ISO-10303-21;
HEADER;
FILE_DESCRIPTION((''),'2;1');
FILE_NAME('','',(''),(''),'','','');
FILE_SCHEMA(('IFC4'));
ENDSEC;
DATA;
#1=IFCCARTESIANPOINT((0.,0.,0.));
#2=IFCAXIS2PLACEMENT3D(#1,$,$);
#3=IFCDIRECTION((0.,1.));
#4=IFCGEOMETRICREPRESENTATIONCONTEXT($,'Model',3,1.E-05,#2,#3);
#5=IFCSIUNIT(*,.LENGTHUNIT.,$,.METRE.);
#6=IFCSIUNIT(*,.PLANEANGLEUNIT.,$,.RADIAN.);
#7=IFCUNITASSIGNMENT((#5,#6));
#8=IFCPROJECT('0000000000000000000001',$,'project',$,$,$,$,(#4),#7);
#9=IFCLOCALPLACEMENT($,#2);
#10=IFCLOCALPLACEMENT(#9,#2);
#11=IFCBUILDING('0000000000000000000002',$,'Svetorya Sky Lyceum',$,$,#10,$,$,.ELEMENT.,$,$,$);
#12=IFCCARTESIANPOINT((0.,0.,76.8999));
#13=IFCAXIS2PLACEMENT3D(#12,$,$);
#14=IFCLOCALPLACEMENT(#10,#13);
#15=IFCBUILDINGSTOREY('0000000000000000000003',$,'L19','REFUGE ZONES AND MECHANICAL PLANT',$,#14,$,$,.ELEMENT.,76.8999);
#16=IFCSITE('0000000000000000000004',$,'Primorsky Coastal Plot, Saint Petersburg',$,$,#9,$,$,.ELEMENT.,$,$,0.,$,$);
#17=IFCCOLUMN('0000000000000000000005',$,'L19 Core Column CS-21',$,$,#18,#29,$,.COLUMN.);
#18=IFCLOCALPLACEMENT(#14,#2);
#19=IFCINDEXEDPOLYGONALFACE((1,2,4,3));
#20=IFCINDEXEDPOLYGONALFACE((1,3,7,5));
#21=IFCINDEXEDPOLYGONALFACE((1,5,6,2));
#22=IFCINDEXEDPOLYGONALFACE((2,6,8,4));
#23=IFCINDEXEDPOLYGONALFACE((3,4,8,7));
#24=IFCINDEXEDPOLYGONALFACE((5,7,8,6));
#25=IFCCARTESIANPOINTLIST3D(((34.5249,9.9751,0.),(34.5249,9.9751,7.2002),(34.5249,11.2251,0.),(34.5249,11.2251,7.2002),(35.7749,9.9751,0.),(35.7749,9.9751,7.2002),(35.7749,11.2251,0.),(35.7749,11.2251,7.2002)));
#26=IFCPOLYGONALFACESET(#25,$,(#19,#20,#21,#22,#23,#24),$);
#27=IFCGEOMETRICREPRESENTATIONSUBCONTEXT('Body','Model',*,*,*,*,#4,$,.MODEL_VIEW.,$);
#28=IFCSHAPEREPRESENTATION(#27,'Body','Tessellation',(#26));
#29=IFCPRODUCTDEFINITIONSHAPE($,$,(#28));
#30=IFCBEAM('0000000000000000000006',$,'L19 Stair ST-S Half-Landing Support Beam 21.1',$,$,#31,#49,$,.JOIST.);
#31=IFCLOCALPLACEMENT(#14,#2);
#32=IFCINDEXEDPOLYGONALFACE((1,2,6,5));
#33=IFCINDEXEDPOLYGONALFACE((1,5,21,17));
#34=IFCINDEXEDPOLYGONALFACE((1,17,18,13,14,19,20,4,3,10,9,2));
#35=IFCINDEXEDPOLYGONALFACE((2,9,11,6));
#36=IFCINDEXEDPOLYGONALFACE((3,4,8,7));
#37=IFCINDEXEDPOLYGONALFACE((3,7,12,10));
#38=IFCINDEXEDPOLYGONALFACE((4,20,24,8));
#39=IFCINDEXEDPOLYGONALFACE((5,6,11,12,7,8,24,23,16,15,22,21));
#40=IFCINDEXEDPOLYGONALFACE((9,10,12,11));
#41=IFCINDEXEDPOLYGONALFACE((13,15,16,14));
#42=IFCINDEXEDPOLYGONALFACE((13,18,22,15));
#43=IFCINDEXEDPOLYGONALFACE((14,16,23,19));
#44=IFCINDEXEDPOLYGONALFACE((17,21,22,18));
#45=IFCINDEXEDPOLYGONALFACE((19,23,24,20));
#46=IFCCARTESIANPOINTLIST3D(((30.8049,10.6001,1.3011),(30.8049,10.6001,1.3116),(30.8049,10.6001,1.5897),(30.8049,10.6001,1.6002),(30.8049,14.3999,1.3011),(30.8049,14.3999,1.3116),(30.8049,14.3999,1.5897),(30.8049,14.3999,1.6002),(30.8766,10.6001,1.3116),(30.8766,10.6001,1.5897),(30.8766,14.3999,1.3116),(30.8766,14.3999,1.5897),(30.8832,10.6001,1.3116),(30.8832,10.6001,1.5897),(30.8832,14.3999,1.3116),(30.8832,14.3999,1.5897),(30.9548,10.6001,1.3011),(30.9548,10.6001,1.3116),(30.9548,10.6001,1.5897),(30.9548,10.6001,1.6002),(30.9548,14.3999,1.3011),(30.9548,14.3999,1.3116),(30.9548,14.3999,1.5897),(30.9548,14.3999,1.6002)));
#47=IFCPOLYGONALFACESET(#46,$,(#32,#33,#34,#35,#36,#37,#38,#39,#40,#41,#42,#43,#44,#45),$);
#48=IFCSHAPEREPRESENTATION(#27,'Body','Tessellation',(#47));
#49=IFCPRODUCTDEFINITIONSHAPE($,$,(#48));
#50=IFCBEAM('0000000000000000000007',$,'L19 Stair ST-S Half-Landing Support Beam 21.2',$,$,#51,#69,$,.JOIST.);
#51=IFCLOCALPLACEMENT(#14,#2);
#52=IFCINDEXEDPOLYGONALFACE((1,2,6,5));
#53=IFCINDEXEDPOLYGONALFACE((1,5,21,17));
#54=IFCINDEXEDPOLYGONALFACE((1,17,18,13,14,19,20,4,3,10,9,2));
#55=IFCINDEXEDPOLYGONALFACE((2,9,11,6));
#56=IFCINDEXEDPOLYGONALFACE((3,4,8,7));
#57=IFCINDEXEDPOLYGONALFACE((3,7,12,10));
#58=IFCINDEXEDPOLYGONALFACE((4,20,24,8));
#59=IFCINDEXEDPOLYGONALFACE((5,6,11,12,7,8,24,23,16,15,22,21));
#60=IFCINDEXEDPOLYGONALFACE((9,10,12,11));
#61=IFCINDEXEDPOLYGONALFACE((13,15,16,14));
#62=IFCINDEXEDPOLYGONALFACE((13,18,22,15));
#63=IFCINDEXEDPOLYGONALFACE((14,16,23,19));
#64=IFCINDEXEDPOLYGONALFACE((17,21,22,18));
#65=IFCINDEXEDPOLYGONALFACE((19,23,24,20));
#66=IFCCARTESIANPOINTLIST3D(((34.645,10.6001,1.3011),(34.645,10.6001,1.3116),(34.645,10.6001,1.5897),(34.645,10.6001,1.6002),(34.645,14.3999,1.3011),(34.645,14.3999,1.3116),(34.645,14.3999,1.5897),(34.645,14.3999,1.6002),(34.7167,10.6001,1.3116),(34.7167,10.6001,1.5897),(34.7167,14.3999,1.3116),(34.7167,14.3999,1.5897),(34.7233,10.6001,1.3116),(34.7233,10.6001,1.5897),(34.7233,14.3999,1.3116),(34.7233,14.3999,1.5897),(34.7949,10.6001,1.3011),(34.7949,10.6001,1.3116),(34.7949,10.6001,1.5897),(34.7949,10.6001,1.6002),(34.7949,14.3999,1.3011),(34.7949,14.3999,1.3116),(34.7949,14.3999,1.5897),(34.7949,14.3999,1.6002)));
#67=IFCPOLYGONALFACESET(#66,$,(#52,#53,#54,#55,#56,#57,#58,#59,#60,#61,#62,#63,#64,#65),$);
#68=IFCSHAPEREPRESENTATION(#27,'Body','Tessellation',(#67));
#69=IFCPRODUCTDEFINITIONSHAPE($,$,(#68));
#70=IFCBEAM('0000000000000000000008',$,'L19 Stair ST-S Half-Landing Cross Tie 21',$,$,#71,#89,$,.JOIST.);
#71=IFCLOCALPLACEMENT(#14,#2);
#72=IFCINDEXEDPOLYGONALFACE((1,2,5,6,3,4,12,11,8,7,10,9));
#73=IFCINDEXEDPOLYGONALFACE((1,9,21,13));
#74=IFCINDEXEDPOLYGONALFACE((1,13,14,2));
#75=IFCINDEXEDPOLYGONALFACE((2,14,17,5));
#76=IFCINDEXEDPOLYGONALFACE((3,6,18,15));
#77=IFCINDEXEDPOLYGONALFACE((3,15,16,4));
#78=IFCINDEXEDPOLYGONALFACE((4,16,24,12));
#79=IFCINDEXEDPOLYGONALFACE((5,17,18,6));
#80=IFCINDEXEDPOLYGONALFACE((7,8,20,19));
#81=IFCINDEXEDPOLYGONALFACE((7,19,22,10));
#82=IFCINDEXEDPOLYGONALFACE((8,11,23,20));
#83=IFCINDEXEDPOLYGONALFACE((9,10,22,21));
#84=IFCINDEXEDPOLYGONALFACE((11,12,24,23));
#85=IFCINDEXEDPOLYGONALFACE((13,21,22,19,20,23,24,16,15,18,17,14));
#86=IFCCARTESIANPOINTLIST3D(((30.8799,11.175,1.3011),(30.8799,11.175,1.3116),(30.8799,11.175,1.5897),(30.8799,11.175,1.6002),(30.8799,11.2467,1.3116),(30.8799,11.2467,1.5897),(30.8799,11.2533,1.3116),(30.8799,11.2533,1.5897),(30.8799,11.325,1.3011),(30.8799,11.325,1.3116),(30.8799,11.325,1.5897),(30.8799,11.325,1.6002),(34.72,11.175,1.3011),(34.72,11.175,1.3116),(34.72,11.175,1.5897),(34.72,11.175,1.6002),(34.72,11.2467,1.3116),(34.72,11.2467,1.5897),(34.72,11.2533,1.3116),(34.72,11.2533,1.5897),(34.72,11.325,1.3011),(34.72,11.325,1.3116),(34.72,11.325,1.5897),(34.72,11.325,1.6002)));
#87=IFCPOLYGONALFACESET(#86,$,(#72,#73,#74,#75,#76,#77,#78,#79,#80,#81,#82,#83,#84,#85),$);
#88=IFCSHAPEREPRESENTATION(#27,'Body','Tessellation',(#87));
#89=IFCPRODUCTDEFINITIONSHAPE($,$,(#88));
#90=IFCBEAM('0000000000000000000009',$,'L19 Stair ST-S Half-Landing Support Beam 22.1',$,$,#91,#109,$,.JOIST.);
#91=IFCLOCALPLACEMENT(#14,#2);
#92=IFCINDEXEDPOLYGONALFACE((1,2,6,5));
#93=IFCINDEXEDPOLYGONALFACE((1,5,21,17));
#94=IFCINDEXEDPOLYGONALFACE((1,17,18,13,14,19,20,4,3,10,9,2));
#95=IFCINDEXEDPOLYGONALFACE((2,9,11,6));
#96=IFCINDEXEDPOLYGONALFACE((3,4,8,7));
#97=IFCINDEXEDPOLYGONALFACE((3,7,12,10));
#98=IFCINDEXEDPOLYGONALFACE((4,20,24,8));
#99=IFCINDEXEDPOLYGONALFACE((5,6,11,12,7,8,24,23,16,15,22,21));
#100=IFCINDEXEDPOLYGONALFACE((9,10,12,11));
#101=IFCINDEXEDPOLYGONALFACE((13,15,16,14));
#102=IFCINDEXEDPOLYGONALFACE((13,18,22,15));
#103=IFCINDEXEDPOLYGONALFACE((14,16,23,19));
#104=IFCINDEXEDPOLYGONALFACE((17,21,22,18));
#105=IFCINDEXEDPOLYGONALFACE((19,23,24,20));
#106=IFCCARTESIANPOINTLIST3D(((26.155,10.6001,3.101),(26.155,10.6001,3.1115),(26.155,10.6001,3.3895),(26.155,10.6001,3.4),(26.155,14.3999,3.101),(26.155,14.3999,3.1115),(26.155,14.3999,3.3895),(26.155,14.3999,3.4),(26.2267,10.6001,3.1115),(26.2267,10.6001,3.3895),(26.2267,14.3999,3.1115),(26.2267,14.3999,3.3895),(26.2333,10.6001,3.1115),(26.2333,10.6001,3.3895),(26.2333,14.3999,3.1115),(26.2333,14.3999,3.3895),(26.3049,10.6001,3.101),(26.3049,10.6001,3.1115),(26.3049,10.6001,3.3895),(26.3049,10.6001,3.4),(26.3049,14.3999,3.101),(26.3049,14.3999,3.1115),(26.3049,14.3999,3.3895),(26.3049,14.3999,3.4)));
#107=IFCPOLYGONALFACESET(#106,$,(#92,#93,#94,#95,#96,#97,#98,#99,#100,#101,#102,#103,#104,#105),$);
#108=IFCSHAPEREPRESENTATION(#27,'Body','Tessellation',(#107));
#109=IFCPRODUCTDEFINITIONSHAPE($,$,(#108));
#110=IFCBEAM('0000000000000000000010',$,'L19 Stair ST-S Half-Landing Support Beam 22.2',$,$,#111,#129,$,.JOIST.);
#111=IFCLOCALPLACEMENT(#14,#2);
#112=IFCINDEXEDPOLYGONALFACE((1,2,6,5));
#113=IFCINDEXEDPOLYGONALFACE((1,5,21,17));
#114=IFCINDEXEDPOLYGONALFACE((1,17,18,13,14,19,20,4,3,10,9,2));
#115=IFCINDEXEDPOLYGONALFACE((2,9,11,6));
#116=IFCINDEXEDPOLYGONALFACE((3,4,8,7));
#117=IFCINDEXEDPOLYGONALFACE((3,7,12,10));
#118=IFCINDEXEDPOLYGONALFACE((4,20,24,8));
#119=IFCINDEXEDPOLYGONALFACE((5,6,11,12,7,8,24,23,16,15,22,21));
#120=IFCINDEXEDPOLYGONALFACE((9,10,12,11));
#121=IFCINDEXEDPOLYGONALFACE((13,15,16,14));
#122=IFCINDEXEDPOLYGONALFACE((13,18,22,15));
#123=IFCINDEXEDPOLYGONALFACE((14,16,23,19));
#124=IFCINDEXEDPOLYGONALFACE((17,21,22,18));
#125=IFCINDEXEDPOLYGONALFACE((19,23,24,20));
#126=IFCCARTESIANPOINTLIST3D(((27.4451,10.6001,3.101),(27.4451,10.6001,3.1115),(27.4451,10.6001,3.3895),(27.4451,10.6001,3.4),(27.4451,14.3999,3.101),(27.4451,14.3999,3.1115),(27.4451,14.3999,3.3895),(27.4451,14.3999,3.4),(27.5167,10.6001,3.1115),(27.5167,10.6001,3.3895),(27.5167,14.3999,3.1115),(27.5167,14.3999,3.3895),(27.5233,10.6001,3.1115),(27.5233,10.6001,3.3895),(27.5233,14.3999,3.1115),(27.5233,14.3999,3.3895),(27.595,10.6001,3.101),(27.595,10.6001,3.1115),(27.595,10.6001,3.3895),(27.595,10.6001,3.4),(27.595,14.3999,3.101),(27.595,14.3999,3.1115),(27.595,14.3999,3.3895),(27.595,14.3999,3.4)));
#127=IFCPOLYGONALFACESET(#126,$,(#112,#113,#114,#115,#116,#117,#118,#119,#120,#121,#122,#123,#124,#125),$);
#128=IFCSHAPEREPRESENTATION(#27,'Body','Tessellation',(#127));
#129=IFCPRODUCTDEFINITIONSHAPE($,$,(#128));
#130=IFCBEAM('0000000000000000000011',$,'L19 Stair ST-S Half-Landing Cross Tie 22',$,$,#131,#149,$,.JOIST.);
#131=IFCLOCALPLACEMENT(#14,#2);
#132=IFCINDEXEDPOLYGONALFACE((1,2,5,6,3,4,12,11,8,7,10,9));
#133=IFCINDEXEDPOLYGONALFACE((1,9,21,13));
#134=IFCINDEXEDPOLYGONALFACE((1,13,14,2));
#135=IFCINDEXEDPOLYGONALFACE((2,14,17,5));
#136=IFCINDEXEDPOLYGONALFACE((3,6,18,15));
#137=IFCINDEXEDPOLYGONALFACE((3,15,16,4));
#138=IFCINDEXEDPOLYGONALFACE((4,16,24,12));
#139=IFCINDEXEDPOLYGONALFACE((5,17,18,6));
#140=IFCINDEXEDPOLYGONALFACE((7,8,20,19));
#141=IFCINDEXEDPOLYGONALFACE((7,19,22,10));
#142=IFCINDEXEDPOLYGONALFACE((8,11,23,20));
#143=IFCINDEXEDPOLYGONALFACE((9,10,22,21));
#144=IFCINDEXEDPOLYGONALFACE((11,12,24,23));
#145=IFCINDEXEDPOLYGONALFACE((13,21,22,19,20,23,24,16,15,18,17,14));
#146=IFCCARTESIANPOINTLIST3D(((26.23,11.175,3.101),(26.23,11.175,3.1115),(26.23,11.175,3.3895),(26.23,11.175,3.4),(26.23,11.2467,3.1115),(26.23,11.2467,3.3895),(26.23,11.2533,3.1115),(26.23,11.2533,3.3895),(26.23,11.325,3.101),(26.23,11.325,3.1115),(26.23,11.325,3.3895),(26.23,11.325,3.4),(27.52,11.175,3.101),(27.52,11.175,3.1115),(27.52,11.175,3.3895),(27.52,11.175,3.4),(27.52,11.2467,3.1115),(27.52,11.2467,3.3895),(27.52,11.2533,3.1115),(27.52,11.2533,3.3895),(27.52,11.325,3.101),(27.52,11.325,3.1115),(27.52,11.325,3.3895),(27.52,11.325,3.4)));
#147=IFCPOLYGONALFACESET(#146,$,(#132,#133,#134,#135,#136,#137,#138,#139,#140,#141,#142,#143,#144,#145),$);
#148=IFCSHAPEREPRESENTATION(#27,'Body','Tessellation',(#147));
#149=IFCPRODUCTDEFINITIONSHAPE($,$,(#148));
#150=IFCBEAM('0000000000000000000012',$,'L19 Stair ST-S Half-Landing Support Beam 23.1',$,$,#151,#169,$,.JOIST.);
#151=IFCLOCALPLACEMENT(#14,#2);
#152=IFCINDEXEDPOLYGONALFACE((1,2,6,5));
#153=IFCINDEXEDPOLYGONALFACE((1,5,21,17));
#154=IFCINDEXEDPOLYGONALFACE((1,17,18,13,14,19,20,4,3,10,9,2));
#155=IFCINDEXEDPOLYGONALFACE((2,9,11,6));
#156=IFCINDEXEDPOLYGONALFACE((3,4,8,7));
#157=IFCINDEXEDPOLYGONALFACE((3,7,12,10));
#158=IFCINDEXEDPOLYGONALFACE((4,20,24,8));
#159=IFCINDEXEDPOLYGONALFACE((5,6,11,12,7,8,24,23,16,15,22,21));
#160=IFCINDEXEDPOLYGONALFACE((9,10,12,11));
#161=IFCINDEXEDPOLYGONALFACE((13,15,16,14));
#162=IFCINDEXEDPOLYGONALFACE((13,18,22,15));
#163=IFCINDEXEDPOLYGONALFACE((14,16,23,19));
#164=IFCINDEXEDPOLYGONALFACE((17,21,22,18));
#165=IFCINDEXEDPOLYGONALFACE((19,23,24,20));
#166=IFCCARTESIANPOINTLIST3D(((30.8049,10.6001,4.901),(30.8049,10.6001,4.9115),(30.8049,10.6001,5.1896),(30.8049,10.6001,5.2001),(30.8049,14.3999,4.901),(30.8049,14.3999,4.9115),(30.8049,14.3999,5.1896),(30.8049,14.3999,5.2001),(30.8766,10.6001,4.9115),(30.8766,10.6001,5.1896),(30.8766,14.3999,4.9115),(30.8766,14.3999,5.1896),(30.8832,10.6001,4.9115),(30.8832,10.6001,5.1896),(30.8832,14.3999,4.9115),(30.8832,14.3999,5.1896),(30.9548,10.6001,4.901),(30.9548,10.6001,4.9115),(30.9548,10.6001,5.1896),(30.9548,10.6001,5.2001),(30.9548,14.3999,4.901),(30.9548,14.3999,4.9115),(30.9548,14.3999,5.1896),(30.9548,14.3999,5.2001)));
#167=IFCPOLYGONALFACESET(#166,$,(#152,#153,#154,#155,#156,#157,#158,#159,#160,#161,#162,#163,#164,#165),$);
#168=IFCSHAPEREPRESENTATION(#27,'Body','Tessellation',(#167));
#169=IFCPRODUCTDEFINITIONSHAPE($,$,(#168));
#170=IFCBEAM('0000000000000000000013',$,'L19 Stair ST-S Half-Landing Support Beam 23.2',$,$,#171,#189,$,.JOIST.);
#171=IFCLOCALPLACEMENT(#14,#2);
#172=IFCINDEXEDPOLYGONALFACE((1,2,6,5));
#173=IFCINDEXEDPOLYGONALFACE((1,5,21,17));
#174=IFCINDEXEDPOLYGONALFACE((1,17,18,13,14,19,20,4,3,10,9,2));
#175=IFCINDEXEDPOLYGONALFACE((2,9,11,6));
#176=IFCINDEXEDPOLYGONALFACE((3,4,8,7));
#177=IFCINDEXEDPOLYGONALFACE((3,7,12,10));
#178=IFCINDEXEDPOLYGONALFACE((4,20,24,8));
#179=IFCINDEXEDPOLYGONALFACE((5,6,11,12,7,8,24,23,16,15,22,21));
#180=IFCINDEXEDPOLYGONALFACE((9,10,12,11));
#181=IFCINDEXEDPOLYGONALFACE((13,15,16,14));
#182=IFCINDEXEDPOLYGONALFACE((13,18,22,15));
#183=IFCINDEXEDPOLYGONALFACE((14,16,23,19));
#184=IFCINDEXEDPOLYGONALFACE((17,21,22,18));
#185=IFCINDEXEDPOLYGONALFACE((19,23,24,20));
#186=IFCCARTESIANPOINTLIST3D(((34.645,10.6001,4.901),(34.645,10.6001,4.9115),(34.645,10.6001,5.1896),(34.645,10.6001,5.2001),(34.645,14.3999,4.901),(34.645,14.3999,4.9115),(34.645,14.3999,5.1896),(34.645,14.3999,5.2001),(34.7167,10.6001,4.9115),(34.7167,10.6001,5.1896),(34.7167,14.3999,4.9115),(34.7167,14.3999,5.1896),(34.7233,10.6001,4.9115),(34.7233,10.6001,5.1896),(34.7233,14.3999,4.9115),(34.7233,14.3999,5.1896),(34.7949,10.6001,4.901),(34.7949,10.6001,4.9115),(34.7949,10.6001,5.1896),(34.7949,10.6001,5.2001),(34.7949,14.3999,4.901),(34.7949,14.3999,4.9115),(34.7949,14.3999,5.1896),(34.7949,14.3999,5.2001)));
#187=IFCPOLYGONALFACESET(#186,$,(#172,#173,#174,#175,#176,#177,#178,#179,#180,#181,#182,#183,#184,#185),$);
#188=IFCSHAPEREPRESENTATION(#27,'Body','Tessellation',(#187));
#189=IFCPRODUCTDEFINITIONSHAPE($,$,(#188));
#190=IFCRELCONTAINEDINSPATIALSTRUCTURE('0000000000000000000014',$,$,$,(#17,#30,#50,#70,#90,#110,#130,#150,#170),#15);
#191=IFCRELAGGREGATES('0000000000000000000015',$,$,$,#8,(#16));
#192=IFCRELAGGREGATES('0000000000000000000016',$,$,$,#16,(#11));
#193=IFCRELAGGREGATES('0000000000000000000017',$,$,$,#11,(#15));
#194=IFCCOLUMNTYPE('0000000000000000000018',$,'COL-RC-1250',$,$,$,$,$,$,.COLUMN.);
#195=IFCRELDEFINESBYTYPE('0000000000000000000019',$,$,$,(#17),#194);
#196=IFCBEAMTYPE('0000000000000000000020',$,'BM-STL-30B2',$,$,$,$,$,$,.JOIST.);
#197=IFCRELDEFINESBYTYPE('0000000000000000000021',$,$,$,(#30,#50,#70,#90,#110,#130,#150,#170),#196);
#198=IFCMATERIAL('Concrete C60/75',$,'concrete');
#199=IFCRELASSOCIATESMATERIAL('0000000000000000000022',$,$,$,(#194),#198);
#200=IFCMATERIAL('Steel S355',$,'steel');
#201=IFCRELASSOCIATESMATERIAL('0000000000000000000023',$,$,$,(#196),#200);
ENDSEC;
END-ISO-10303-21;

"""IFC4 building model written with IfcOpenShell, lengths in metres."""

from ifc_helpers import new_model, si_unit, direction, frame, origin, origin_2d, place, context, subcontext, project, spatial, rectangle, i_section, extrude, material, material_profile, profile_set, type_object, element, save


model = new_model("IFC4")

# Units and contexts
model_context = context("Model", 3, precision=1e-05, world=origin(), true_north=direction((0.0, 1.0)))
body_context = subcontext(model_context, "Body", "Model", "MODEL_VIEW")
ifc_project = project(units=[si_unit("LENGTHUNIT", "METRE"), si_unit("PLANEANGLEUNIT", "RADIAN")], contexts=[model_context])

# Site, building, storey
site_placement = place(None, origin())
site = spatial("IfcSite", under=ifc_project, at=site_placement, Name="Primorsky Coastal Plot, Saint Petersburg", CompositionType="ELEMENT", RefElevation=0.0)
building_placement = place(site_placement, origin())
building = spatial("IfcBuilding", under=site, at=building_placement, Name="Svetorya Sky Lyceum", CompositionType="ELEMENT")
storey_placement = place(building_placement, frame((0.0, 0.0, 76.8999)))
storey = spatial("IfcBuildingStorey", under=building, at=storey_placement, Name="L19", Description="REFUGE ZONES AND MECHANICAL PLANT", CompositionType="ELEMENT", Elevation=76.8999)

# Column
ifc_material_1 = material(Name="Concrete C60/75", Category="concrete")
ifc_material_profile_1 = material_profile(ifc_material_1, rectangle(XDim=1.25, YDim=1.25, at=origin_2d()), Name="RC COL 1250x1250")
ifc_profile_set_1 = profile_set([ifc_material_profile_1], Name="Concrete C60/75")
column_type = type_object("IfcColumnType", Name="COL-RC-1250", PredefinedType="COLUMN", material=ifc_profile_set_1)
column_placement = place(storey_placement, frame((35.1499, 10.6001, 0.0), z_axis=(0.0, 0.0, 1.0), x_axis=(1.0, 0.0, 0.0)))
element("IfcColumn", 1, at=column_placement, inside=storey, type_object=column_type, Name="L19 Core Column CS-21", PredefinedType="COLUMN", context=body_context, shape_type="SweptSolid", body=[
    extrude(rectangle(XDim=1.25, YDim=1.25, at=origin_2d()), origin(), (0.0, 0.0, 1.0), 7.2002),
])

# Beams
ifc_material_2 = material(Name="Steel S355", Category="steel")
ifc_material_profile_2 = material_profile(ifc_material_2, i_section(OverallWidth=0.1499, OverallDepth=0.2991, WebThickness=0.0066, FlangeThickness=0.0105, at=origin_2d()), Name="GOST 30B2")
ifc_profile_set_2 = profile_set([ifc_material_profile_2], Name="Steel S355")
beam_type = type_object("IfcBeamType", Name="BM-STL-30B2", PredefinedType="JOIST", material=ifc_profile_set_2)
for number, where, z_axis, x_axis, name in (
    (2, (30.8799, 10.6001, 1.4507), (0.0, 1.0, 0.0), (-1.0, 0.0, 0.0), "L19 Stair ST-S Half-Landing Support Beam 21.1"),
    (3, (34.72, 10.6001, 1.4507), (0.0, 1.0, 0.0), (-1.0, 0.0, 0.0), "L19 Stair ST-S Half-Landing Support Beam 21.2"),
):
    element("IfcBeam", number, at=place(storey_placement, frame(where, z_axis=z_axis, x_axis=x_axis)), inside=storey, type_object=beam_type, Name=name, PredefinedType="JOIST", context=body_context, shape_type="SweptSolid", body=[
        extrude(i_section(OverallWidth=0.1499, OverallDepth=0.2991, WebThickness=0.0066, FlangeThickness=0.0105, at=origin_2d()), origin(), (0.0, 0.0, 1.0), 3.7998),
    ])
beam_1_placement = place(storey_placement, frame((30.8799, 11.25, 1.4507), z_axis=(1.0, 0.0, 0.0), x_axis=(0.0, 1.0, 0.0)))
element("IfcBeam", 4, at=beam_1_placement, inside=storey, type_object=beam_type, Name="L19 Stair ST-S Half-Landing Cross Tie 21", PredefinedType="JOIST", context=body_context, shape_type="SweptSolid", body=[
    extrude(i_section(OverallWidth=0.1499, OverallDepth=0.2991, WebThickness=0.0066, FlangeThickness=0.0105, at=origin_2d()), origin(), (0.0, 0.0, 1.0), 3.8401),
])
for number, where, z_axis, x_axis, name in (
    (5, (26.23, 10.6001, 3.2505), (0.0, 1.0, 0.0), (-1.0, 0.0, 0.0), "L19 Stair ST-S Half-Landing Support Beam 22.1"),
    (6, (27.52, 10.6001, 3.2505), (0.0, 1.0, 0.0), (-1.0, 0.0, 0.0), "L19 Stair ST-S Half-Landing Support Beam 22.2"),
):
    element("IfcBeam", number, at=place(storey_placement, frame(where, z_axis=z_axis, x_axis=x_axis)), inside=storey, type_object=beam_type, Name=name, PredefinedType="JOIST", context=body_context, shape_type="SweptSolid", body=[
        extrude(i_section(OverallWidth=0.1499, OverallDepth=0.2991, WebThickness=0.0066, FlangeThickness=0.0105, at=origin_2d()), origin(), (0.0, 0.0, 1.0), 3.7998),
    ])
beam_2_placement = place(storey_placement, frame((26.23, 11.25, 3.2505), z_axis=(1.0, 0.0, 0.0), x_axis=(0.0, 1.0, 0.0)))
element("IfcBeam", 7, at=beam_2_placement, inside=storey, type_object=beam_type, Name="L19 Stair ST-S Half-Landing Cross Tie 22", PredefinedType="JOIST", context=body_context, shape_type="SweptSolid", body=[
    extrude(i_section(OverallWidth=0.1499, OverallDepth=0.2991, WebThickness=0.0066, FlangeThickness=0.0105, at=origin_2d()), origin(), (0.0, 0.0, 1.0), 1.29),
])
for number, where, z_axis, x_axis, name in (
    (8, (30.8799, 10.6001, 5.0505), (0.0, 1.0, 0.0), (-1.0, 0.0, 0.0), "L19 Stair ST-S Half-Landing Support Beam 23.1"),
    (9, (34.72, 10.6001, 5.0505), (0.0, 1.0, 0.0), (-1.0, 0.0, 0.0), "L19 Stair ST-S Half-Landing Support Beam 23.2"),
):
    element("IfcBeam", number, at=place(storey_placement, frame(where, z_axis=z_axis, x_axis=x_axis)), inside=storey, type_object=beam_type, Name=name, PredefinedType="JOIST", context=body_context, shape_type="SweptSolid", body=[
        extrude(i_section(OverallWidth=0.1499, OverallDepth=0.2991, WebThickness=0.0066, FlangeThickness=0.0105, at=origin_2d()), origin(), (0.0, 0.0, 1.0), 3.7998),
    ])

save(model, "model.ifc")
